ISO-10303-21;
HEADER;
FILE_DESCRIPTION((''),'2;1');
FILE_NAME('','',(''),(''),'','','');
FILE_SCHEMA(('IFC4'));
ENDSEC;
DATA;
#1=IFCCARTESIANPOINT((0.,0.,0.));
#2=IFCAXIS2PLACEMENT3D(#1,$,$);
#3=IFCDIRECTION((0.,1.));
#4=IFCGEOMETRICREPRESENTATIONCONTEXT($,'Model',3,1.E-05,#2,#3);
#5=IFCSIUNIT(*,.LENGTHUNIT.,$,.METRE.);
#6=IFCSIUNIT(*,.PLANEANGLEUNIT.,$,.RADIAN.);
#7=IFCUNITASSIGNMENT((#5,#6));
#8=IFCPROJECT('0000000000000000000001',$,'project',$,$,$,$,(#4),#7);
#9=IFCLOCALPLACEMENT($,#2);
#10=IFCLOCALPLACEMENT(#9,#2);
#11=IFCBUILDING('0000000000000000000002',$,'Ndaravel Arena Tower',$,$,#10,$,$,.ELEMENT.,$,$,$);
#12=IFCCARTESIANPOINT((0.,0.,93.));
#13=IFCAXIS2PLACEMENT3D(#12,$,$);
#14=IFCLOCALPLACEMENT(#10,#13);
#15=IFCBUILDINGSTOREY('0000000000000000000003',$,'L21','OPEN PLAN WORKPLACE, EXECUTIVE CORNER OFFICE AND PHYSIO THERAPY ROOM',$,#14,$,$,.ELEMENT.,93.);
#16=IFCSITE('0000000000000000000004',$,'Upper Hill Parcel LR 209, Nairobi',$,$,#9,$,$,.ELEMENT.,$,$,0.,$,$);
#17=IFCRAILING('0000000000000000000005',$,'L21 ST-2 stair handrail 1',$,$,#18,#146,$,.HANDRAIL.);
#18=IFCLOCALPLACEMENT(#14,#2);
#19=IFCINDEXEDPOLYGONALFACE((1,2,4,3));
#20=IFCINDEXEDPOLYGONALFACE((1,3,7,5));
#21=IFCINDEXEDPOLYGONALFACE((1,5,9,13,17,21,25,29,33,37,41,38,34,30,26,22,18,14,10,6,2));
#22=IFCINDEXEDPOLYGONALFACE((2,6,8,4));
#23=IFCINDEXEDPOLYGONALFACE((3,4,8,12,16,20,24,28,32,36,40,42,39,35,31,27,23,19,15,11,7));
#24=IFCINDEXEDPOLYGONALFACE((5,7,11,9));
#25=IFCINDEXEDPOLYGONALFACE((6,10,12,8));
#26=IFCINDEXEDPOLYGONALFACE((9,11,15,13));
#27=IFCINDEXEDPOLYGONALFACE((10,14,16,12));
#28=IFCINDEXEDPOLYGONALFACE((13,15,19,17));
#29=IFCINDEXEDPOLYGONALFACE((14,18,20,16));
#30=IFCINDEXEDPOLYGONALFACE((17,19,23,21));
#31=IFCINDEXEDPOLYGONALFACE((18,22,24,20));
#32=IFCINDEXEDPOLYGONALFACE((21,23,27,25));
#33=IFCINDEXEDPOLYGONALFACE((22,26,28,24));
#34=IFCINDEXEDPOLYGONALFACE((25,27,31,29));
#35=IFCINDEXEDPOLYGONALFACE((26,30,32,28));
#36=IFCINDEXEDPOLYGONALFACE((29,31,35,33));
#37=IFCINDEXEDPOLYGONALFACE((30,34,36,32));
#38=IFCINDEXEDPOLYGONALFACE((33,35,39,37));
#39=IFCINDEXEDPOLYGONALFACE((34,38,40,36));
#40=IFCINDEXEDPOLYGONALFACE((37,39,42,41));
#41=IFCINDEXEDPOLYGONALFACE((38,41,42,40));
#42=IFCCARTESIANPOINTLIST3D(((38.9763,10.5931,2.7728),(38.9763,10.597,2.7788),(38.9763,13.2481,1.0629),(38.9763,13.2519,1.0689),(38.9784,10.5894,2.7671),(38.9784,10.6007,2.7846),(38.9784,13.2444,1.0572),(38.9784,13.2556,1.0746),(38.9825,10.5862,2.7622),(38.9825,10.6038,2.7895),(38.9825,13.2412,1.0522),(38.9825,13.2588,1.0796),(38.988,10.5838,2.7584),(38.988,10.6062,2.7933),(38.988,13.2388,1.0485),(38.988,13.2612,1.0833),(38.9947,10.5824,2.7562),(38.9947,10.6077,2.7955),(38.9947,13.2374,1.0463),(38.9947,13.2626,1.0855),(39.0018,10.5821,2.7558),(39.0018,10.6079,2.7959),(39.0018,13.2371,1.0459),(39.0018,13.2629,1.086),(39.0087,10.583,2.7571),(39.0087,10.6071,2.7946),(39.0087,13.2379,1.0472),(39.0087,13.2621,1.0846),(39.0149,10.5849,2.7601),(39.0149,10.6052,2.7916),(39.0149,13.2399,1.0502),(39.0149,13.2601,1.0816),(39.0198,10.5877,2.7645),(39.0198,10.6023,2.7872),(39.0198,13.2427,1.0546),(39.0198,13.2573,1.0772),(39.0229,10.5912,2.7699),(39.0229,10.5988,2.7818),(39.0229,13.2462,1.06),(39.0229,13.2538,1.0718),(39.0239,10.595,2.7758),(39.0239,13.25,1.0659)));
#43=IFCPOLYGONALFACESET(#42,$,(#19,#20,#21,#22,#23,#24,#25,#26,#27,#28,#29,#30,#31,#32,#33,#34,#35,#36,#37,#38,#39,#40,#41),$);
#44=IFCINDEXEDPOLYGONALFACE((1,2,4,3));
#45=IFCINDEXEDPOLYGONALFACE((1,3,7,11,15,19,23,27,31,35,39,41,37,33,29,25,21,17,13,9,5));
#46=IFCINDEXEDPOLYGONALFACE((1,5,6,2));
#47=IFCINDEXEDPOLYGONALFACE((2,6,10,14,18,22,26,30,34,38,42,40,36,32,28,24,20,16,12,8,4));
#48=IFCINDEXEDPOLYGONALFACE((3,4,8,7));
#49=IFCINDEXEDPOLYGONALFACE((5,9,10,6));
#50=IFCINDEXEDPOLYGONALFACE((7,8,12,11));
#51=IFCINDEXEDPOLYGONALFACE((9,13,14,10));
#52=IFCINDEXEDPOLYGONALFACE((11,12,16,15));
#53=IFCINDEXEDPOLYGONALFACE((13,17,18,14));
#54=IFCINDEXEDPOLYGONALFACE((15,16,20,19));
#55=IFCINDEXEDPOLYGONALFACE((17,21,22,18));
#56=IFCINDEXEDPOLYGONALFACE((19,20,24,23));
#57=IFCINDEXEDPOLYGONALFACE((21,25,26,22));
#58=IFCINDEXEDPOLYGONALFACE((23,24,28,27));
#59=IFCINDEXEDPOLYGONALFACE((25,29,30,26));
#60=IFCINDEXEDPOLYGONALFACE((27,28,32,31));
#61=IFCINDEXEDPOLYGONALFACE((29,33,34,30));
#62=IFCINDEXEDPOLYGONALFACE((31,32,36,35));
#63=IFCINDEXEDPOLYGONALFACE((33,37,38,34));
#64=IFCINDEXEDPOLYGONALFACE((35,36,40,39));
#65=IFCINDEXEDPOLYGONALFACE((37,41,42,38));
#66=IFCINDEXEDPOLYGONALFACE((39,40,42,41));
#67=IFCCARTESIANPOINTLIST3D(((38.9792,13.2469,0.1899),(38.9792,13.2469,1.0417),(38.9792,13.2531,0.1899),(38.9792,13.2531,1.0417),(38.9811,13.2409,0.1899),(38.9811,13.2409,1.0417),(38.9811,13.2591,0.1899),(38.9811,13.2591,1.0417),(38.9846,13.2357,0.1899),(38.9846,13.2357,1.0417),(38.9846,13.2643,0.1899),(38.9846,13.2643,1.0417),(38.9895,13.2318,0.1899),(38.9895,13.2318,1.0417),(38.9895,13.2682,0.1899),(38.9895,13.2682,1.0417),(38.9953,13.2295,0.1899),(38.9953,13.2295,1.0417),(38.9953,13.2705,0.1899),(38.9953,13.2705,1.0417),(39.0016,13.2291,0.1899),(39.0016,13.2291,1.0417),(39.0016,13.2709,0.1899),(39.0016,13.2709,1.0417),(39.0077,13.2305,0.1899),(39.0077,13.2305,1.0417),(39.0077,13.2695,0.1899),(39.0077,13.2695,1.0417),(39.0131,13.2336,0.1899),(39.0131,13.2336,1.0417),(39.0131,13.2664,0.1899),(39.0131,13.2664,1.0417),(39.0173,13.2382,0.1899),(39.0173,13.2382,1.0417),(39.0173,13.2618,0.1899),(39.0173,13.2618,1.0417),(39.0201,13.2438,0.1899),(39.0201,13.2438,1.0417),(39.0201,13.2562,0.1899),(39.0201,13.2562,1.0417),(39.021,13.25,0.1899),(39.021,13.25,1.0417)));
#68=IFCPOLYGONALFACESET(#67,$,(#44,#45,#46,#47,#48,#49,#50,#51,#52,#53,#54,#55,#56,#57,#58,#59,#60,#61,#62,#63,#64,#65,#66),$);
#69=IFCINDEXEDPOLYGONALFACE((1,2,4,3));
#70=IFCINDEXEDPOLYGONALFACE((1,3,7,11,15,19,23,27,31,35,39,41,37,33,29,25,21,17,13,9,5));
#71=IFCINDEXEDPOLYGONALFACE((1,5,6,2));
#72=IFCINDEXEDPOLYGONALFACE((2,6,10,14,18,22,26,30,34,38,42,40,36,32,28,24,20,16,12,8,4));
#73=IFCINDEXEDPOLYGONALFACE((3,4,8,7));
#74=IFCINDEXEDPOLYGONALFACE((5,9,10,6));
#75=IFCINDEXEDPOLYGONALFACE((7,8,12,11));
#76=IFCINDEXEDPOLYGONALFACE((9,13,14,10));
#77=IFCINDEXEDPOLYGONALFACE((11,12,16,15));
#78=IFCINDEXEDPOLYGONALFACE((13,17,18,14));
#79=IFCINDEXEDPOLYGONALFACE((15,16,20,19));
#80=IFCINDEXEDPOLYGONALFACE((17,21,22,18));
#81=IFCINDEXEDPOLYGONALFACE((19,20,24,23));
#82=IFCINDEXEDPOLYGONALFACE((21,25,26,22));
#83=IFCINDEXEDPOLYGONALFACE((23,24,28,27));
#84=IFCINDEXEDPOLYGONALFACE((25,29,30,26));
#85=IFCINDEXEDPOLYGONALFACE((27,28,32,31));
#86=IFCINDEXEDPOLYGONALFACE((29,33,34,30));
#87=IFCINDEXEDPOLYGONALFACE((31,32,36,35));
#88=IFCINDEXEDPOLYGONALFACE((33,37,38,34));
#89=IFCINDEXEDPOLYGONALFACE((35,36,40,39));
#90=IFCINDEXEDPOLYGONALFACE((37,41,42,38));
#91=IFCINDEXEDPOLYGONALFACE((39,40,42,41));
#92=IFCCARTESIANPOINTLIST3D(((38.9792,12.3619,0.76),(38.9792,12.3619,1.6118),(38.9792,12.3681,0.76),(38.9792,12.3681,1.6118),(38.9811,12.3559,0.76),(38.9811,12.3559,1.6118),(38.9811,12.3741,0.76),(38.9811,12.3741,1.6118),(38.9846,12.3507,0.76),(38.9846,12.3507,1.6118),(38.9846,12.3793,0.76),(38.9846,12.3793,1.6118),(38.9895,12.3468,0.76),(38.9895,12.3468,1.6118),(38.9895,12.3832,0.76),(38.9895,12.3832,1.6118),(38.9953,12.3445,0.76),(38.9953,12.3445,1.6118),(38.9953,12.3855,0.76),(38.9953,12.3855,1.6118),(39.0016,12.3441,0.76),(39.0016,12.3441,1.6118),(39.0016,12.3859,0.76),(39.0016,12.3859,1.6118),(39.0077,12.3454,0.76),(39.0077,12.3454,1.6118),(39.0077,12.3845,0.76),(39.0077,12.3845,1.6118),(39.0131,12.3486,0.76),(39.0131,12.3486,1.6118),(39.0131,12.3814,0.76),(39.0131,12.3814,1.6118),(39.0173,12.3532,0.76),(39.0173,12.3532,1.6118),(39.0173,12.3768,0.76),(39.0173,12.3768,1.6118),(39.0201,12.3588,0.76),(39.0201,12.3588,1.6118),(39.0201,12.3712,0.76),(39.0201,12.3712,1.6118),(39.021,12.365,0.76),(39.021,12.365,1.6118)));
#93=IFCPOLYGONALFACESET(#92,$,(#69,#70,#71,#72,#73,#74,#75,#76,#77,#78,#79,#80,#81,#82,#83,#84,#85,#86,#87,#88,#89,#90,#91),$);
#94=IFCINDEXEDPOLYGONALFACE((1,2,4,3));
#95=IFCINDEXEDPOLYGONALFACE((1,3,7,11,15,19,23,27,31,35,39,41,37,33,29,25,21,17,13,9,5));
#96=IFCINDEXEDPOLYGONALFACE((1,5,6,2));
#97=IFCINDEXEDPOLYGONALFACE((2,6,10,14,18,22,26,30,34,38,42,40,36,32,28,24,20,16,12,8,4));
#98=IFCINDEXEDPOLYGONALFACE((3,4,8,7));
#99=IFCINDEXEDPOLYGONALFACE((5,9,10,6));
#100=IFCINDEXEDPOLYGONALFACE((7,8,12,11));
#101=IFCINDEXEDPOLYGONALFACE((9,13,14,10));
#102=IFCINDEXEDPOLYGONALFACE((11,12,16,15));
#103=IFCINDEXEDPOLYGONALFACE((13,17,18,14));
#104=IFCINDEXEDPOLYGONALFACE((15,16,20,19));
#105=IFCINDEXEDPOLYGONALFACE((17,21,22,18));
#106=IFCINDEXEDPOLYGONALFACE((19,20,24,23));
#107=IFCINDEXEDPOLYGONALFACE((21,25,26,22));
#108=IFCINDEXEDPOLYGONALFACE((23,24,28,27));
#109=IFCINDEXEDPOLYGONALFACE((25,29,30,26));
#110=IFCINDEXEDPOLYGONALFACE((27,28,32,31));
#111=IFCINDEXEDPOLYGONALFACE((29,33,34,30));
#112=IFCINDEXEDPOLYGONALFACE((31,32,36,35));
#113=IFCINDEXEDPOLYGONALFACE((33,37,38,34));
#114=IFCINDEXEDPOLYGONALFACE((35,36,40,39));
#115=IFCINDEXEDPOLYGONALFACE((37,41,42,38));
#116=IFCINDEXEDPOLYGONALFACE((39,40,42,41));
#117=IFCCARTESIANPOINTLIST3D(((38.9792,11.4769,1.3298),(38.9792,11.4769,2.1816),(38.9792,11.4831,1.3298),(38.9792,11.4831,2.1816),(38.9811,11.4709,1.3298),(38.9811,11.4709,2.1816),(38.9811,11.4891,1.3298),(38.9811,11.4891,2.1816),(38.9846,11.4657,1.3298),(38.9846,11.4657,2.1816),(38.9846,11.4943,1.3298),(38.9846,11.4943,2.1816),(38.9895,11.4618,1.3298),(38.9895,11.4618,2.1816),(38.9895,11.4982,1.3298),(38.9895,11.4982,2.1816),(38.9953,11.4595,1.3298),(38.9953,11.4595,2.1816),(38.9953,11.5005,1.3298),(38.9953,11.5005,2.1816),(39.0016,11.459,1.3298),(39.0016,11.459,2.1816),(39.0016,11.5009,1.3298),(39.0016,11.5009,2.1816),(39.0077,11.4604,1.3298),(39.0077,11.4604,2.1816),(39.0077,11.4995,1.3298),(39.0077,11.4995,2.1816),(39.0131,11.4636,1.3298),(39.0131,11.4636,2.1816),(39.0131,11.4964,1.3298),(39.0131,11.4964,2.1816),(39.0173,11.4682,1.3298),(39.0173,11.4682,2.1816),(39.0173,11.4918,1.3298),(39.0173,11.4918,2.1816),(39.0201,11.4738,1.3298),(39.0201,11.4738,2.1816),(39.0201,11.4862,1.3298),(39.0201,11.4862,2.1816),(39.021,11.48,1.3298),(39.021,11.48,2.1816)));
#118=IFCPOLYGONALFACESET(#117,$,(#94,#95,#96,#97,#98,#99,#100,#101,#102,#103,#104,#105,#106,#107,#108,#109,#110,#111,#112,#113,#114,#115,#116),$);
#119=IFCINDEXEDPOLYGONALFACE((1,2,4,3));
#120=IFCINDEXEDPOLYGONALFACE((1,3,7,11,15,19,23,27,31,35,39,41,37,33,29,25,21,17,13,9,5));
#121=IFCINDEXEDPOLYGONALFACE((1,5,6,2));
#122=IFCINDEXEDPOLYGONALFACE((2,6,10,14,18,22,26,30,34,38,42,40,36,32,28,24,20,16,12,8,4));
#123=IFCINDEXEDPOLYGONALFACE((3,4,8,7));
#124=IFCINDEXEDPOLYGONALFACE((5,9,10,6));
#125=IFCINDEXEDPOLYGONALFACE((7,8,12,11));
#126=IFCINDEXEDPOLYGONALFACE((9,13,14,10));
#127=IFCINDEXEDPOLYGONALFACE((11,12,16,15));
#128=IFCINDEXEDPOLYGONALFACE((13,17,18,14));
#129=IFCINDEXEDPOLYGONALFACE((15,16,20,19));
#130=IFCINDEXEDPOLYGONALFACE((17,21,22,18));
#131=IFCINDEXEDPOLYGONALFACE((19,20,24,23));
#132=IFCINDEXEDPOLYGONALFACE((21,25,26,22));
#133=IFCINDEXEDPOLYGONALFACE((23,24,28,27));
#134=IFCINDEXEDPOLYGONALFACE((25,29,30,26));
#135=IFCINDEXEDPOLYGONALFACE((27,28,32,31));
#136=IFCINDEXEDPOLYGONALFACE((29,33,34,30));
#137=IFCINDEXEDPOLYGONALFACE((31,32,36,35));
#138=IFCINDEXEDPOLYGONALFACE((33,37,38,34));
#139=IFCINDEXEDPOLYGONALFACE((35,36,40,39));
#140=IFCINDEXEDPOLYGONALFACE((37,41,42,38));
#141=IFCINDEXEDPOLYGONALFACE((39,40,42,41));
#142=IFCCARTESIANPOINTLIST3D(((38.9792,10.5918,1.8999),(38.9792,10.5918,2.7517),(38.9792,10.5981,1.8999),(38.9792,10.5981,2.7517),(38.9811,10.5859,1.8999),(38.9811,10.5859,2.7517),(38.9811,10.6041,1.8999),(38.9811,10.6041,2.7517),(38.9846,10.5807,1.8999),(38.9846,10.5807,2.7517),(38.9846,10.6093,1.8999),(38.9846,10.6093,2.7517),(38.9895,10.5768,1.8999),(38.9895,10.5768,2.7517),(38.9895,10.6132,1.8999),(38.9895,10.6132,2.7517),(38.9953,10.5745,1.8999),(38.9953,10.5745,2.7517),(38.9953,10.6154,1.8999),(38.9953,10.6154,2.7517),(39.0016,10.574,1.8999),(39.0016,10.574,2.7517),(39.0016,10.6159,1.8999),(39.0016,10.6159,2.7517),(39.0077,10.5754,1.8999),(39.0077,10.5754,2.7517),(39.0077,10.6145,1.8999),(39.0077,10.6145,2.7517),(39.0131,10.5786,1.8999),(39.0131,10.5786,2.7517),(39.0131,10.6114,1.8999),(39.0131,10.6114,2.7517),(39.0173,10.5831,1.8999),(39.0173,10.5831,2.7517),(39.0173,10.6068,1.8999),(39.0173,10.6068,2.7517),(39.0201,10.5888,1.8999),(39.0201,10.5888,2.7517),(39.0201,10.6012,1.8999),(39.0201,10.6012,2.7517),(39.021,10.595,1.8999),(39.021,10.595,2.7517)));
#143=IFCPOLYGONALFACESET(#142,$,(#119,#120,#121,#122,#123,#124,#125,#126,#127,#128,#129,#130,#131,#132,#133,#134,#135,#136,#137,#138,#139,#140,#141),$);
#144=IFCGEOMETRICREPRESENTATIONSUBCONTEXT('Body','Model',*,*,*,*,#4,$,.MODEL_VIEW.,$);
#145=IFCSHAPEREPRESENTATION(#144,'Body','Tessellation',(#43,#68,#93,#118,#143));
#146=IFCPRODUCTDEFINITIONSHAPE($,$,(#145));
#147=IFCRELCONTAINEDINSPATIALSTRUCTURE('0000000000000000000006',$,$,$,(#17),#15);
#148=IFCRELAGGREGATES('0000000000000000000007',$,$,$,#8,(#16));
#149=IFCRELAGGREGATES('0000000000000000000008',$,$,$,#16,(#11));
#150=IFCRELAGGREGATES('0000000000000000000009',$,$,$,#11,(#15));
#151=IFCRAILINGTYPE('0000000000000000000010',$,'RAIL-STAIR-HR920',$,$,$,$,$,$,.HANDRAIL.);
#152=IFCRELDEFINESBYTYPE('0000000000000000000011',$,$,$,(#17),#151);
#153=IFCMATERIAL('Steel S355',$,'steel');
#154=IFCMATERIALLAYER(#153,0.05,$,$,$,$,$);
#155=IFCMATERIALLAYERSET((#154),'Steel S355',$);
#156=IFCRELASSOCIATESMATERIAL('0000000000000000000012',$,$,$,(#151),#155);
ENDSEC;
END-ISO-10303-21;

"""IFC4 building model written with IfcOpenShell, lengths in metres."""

from ifc_helpers import new_model, si_unit, direction, frame, origin, origin_2d, place, context, subcontext, project, spatial, circle, extrude, material, layer, layer_set, type_object, element, save


model = new_model("IFC4")

# Units and contexts
model_context = context("Model", 3, precision=1e-05, world=origin(), true_north=direction((0.0, 1.0)))
body_context = subcontext(model_context, "Body", "Model", "MODEL_VIEW")
ifc_project = project(units=[si_unit("LENGTHUNIT", "METRE"), si_unit("PLANEANGLEUNIT", "RADIAN")], contexts=[model_context])

# Site, building, storey
site_placement = place(None, origin())
site = spatial("IfcSite", under=ifc_project, at=site_placement, Name="Upper Hill Parcel LR 209, Nairobi", CompositionType="ELEMENT", RefElevation=0.0)
building_placement = place(site_placement, origin())
building = spatial("IfcBuilding", under=site, at=building_placement, Name="Ndaravel Arena Tower", CompositionType="ELEMENT")
storey_placement = place(building_placement, frame((0.0, 0.0, 93.0)))
storey = spatial("IfcBuildingStorey", under=building, at=storey_placement, Name="L21", Description="OPEN PLAN WORKPLACE, EXECUTIVE CORNER OFFICE AND PHYSIO THERAPY ROOM", CompositionType="ELEMENT", Elevation=93.0)

# Railing
ifc_material_1 = material(Name="Steel S355", Category="steel")
ifc_layer_1 = layer(ifc_material_1, 0.05)
ifc_layer_set_1 = layer_set([ifc_layer_1], Name="Steel S355")
railing_type_1 = type_object("IfcRailingType", Name="RAIL-STAIR-HR920", PredefinedType="HANDRAIL", material=ifc_layer_set_1)
railing_1_placement = place(storey_placement, frame((39.0, 13.25, 0.1899)))
element("IfcRailing", 1, at=railing_1_placement, inside=storey, type_object=railing_type_1, Name="L21 ST-2 stair handrail 1", PredefinedType="HANDRAIL", context=body_context, shape_type="SweptSolid", body=[
    extrude(circle(Radius=0.0239, at=origin_2d()), frame((0.0, 0.0, 0.876), z_axis=(0.0, -0.840724, 0.541465), x_axis=(1.0, 0.0, 0.0)), (0.0, 0.0, 1.0), 3.158),
    extrude(circle(Radius=0.021, at=origin_2d()), origin(), (0.0, 0.0, 1.0), 0.8518),
    extrude(circle(Radius=0.021, at=origin_2d()), frame((0.0, -0.885, 0.5701)), (0.0, 0.0, 1.0), 0.8518),
    extrude(circle(Radius=0.021, at=origin_2d()), frame((0.0, -1.77, 1.1399)), (0.0, 0.0, 1.0), 0.8518),
    extrude(circle(Radius=0.021, at=origin_2d()), frame((0.0, -2.655, 1.71)), (0.0, 0.0, 1.0), 0.8518),
])

save(model, "model.ifc")
